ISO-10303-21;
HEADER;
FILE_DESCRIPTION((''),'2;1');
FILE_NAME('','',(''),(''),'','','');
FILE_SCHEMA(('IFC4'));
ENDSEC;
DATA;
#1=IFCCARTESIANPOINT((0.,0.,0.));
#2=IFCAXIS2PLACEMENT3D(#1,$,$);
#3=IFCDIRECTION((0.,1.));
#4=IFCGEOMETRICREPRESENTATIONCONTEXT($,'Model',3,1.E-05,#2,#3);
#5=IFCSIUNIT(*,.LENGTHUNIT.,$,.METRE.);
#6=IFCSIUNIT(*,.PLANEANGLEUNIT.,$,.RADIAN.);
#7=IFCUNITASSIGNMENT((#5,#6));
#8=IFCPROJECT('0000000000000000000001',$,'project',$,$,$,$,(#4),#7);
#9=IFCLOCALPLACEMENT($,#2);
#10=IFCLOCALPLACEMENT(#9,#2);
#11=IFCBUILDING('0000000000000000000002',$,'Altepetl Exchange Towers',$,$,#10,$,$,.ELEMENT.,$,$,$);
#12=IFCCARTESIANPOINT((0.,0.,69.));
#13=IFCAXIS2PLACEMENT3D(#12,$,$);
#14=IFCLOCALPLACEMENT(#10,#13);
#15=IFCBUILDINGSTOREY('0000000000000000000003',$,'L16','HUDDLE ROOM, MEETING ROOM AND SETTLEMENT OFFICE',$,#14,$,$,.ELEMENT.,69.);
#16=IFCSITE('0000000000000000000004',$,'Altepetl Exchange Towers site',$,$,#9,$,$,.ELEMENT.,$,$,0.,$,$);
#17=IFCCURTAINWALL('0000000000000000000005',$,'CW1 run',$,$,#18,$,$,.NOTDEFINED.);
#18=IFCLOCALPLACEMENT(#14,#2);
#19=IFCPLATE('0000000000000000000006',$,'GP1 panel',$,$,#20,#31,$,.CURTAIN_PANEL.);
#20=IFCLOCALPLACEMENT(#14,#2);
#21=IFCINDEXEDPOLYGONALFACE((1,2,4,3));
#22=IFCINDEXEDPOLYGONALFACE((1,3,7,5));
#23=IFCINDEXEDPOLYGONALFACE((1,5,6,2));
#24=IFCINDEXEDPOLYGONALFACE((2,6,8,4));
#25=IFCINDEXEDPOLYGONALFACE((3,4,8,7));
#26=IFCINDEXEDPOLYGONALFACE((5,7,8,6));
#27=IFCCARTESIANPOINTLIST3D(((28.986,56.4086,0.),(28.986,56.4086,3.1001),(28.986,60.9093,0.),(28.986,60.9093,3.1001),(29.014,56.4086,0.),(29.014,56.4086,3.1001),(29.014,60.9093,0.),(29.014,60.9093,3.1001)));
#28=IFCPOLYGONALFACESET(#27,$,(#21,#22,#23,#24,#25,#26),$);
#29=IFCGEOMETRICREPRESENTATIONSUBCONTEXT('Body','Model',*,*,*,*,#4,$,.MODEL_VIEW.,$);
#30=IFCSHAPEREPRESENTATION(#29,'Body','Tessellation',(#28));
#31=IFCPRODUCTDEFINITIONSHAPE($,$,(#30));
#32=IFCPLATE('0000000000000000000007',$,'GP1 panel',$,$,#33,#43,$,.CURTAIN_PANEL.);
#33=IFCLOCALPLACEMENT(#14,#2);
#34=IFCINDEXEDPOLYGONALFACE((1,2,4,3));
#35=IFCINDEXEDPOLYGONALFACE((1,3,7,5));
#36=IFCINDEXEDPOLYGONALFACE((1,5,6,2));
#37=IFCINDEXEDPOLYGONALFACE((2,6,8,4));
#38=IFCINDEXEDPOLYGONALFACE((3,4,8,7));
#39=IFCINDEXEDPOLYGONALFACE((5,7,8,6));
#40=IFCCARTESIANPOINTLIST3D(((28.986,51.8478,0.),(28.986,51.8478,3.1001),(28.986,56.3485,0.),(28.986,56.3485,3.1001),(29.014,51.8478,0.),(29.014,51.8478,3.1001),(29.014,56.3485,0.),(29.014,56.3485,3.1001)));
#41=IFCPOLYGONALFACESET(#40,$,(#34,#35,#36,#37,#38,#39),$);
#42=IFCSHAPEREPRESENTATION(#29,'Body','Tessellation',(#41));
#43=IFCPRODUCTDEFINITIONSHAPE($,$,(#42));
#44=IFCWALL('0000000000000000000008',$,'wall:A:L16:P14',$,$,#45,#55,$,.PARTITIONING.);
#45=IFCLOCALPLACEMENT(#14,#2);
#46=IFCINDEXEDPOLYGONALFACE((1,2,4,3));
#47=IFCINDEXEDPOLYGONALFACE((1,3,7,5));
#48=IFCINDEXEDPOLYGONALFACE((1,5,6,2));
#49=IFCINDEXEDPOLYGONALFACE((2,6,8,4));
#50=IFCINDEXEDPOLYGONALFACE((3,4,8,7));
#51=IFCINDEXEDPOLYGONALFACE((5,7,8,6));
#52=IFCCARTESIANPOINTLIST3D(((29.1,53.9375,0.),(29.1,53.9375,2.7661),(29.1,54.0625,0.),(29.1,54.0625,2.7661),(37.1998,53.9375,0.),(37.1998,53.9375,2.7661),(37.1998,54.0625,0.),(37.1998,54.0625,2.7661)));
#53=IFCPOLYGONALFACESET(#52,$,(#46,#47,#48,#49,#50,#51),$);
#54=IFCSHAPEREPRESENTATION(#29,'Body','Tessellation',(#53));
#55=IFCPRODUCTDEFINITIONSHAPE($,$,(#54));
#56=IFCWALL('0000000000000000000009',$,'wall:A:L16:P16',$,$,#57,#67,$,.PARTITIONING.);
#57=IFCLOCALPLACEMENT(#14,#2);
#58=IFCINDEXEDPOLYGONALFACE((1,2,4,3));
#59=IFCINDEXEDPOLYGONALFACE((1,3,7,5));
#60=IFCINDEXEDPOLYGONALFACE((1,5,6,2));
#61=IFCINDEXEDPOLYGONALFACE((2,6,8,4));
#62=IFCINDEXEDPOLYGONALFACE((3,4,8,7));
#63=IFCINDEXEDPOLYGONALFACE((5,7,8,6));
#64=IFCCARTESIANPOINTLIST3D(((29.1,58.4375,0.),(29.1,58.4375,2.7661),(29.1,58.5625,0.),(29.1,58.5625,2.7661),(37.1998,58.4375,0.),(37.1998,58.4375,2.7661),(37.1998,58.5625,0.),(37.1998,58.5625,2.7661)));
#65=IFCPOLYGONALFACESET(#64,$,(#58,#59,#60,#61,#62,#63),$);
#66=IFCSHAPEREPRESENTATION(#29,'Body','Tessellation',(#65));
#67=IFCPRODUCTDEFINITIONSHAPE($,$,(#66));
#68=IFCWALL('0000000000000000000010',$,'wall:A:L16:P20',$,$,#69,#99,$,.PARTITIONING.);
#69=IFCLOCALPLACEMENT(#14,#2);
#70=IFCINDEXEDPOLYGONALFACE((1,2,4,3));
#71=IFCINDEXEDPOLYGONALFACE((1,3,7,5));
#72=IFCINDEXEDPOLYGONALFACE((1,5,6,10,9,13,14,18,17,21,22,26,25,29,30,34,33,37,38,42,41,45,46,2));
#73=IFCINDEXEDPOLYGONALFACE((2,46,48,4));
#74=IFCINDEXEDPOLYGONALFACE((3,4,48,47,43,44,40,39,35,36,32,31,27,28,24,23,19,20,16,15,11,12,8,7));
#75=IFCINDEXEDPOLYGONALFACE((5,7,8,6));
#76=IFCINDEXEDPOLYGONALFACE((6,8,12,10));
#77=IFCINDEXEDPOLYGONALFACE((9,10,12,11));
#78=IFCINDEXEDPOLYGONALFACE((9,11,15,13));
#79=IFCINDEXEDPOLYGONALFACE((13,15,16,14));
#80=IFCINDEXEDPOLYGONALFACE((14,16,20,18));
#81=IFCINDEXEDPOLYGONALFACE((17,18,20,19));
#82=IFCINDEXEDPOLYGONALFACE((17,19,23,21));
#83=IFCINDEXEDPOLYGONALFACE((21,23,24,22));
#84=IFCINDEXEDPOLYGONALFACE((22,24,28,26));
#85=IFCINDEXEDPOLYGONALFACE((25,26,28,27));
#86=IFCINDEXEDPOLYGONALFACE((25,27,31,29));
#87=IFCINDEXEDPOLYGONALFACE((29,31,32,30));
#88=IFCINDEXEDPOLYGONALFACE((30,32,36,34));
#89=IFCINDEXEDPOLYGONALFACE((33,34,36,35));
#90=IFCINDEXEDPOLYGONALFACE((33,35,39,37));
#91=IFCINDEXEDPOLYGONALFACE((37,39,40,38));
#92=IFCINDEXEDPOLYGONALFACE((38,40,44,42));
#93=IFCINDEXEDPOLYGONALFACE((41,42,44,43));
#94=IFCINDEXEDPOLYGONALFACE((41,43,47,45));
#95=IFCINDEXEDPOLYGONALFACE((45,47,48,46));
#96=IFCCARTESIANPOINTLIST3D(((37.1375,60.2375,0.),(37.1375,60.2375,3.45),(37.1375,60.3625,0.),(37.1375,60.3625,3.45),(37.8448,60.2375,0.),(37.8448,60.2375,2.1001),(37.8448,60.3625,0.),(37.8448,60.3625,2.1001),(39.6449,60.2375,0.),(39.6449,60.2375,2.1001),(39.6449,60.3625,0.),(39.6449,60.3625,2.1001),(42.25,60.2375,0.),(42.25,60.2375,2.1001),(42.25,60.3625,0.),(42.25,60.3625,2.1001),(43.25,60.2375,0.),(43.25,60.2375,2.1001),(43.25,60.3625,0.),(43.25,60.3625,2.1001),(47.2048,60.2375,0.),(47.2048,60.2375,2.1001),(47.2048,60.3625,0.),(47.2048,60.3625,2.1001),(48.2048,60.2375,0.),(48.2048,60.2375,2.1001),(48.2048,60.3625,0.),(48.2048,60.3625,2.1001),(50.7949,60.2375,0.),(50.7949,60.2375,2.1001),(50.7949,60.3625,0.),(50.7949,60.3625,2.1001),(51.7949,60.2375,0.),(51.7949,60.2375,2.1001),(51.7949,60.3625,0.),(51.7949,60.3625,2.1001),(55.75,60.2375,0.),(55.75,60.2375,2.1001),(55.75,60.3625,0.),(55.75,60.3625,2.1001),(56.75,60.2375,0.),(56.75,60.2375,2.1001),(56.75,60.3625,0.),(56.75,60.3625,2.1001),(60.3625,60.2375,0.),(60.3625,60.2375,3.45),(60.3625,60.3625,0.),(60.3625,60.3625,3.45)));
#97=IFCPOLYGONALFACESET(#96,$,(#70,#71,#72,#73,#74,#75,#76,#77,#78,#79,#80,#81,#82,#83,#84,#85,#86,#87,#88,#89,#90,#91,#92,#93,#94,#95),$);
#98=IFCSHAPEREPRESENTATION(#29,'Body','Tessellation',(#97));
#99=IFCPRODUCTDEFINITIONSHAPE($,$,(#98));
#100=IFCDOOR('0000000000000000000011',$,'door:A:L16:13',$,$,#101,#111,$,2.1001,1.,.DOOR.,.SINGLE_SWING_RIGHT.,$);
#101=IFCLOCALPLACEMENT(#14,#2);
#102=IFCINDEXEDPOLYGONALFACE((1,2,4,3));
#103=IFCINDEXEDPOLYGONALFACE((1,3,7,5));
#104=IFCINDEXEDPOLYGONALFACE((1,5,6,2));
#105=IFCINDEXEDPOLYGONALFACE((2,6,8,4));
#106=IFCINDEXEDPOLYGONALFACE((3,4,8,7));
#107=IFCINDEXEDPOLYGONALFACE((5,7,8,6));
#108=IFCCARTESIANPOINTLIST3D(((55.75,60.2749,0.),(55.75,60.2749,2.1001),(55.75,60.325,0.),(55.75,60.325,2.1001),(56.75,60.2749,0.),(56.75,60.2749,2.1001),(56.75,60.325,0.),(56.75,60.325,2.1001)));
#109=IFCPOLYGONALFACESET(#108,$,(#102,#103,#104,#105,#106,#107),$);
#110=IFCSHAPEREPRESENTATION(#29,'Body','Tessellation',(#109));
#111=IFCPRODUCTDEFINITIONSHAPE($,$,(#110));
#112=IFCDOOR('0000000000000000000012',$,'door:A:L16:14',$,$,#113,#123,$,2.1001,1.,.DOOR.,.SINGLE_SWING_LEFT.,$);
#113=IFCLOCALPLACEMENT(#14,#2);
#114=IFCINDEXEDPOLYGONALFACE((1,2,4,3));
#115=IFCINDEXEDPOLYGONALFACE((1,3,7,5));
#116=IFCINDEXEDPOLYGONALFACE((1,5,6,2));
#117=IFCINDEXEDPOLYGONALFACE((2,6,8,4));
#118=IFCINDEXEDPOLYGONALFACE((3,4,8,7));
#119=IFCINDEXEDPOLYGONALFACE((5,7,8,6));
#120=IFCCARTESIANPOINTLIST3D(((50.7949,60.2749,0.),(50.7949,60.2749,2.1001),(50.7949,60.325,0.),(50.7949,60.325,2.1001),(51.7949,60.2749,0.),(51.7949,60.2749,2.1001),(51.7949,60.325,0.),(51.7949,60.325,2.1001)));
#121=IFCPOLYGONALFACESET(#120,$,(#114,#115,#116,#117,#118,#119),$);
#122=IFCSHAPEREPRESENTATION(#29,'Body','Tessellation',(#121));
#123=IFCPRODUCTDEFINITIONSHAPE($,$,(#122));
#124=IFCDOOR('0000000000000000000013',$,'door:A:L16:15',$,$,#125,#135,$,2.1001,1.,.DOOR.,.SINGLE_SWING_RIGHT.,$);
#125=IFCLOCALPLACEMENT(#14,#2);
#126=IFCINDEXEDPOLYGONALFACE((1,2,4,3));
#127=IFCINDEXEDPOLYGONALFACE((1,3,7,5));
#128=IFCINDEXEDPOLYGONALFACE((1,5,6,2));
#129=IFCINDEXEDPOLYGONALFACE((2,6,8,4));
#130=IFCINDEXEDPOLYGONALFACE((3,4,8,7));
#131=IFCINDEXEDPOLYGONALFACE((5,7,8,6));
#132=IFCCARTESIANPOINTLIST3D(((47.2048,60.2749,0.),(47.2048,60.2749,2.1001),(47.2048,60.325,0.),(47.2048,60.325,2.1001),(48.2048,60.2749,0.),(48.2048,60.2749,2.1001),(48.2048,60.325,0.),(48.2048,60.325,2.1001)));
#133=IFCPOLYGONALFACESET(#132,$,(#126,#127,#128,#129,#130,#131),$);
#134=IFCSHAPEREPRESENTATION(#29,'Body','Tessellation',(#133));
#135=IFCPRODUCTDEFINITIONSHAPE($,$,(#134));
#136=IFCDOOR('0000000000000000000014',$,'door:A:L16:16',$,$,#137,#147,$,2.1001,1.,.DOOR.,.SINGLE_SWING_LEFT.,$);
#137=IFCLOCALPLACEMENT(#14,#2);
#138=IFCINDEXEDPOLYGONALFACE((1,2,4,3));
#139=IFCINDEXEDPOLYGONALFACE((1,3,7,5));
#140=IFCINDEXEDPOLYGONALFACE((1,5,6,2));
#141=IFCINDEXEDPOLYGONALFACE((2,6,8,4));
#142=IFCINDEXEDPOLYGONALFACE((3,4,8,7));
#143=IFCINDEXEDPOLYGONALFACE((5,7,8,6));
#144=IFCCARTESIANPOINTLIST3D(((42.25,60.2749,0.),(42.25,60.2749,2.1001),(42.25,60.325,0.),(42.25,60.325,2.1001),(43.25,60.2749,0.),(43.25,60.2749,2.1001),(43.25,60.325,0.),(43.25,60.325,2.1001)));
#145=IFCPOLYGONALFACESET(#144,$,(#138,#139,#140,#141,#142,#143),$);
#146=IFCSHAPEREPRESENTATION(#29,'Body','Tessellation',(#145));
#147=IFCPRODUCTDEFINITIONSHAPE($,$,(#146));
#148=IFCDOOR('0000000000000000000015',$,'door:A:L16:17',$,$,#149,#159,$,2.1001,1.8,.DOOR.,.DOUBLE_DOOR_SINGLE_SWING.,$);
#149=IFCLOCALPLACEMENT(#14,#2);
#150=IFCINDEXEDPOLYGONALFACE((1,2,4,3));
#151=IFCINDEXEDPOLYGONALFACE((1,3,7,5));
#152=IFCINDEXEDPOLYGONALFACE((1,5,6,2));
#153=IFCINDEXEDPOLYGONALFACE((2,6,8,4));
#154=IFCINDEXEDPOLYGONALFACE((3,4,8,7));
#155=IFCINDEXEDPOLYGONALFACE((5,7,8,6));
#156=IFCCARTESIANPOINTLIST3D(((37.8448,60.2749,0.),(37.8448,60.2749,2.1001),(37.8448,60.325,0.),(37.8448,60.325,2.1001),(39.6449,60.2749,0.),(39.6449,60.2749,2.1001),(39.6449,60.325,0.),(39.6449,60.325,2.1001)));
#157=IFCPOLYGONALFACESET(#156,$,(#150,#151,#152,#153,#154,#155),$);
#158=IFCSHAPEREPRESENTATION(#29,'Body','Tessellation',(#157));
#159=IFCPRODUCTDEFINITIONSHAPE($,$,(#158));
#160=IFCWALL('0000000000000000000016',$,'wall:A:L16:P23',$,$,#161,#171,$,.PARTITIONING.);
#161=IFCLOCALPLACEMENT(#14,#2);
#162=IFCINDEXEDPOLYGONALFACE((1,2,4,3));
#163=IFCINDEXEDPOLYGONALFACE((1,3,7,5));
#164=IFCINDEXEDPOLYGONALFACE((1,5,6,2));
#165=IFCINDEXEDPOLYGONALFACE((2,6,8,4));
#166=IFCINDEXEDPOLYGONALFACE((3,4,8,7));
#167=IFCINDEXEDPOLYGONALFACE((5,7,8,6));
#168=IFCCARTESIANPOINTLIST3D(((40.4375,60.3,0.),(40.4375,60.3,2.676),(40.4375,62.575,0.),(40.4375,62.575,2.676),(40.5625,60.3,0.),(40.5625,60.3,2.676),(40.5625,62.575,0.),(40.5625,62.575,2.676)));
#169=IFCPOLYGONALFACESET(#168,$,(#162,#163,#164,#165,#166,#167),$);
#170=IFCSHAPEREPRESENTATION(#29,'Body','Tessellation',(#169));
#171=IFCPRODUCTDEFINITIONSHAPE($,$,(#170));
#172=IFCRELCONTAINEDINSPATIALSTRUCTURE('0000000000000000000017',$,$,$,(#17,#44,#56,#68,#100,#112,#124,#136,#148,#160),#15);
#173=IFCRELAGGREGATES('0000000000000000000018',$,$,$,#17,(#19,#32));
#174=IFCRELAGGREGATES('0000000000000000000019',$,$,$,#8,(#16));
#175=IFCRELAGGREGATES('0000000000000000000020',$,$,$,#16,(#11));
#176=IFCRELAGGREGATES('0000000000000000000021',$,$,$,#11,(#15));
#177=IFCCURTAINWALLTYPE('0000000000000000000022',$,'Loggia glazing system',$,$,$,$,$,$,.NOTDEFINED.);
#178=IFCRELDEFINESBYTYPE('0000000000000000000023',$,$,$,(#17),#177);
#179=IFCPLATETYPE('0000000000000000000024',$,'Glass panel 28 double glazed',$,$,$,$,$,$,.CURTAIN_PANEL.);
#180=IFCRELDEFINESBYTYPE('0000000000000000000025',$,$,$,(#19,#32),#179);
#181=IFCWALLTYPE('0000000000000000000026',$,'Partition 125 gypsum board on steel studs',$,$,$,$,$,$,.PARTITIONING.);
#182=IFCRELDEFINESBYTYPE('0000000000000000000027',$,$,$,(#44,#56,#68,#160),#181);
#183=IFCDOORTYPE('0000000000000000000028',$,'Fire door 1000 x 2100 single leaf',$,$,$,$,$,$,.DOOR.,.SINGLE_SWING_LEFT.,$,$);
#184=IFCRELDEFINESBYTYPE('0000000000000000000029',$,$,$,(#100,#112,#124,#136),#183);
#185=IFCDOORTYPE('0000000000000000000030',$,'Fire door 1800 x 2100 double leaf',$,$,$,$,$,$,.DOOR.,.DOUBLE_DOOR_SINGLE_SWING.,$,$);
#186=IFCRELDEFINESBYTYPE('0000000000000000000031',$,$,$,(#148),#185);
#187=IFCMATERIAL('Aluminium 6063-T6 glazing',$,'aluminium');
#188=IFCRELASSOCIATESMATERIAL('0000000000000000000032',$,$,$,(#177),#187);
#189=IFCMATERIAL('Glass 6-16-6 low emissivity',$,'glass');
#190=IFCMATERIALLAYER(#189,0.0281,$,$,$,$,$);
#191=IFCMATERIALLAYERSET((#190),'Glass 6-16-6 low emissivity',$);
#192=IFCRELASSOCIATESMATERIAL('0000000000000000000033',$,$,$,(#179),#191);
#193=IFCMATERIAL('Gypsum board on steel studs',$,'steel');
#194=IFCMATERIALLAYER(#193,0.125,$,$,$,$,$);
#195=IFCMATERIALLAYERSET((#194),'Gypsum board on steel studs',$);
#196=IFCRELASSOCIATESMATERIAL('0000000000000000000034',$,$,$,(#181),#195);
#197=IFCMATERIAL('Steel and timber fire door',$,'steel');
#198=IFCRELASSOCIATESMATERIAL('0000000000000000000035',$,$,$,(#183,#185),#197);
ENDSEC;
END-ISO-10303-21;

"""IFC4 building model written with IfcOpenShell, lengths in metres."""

from ifc_helpers import new_model, si_unit, direction, frame, frame_2d, origin, origin_2d, place, context, subcontext, project, spatial, rectangle, extrude, material, layer, layer_set, type_object, element, fill, aggregate, save


model = new_model("IFC4")

# Units and contexts
model_context = context("Model", 3, precision=1e-05, world=origin(), true_north=direction((0.0, 1.0)))
body_context = subcontext(model_context, "Body", "Model", "MODEL_VIEW")
ifc_project = project(units=[si_unit("LENGTHUNIT", "METRE"), si_unit("PLANEANGLEUNIT", "RADIAN")], contexts=[model_context])

# Site, building, storey
site_placement = place(None, origin())
site = spatial("IfcSite", under=ifc_project, at=site_placement, Name="Altepetl Exchange Towers site", CompositionType="ELEMENT", RefElevation=0.0)
building_placement = place(site_placement, origin())
building = spatial("IfcBuilding", under=site, at=building_placement, Name="Altepetl Exchange Towers", CompositionType="ELEMENT")
storey_placement = place(building_placement, frame((0.0, 0.0, 69.0)))
storey = spatial("IfcBuildingStorey", under=building, at=storey_placement, Name="L16", Description="HUDDLE ROOM, MEETING ROOM AND SETTLEMENT OFFICE", CompositionType="ELEMENT", Elevation=69.0)

# Curtain wall
ifc_material_1 = material(Name="Aluminium 6063-T6 glazing", Category="aluminium")
curtain_wall_type = type_object("IfcCurtainWallType", Name="Loggia glazing system", PredefinedType="NOTDEFINED", material=ifc_material_1)
curtain_wall_placement = place(storey_placement, origin())
curtain_wall = element("IfcCurtainWall", 1, at=curtain_wall_placement, inside=storey, type_object=curtain_wall_type, Name="CW1 run", PredefinedType="NOTDEFINED")

# Plates
ifc_material_2 = material(Name="Glass 6-16-6 low emissivity", Category="glass")
ifc_layer_1 = layer(ifc_material_2, 0.0281)
ifc_layer_set_1 = layer_set([ifc_layer_1], Name="Glass 6-16-6 low emissivity")
plate_type = type_object("IfcPlateType", Name="Glass panel 28 double glazed", PredefinedType="CURTAIN_PANEL", material=ifc_layer_set_1)
plate_1_placement = place(storey_placement, frame((29.0, 58.6589, 0.0), z_axis=(0.0, 0.0, 1.0), x_axis=(0.0, -1.0, 0.0)))
plate_1 = element("IfcPlate", 2, at=plate_1_placement, type_object=plate_type, Name="GP1 panel", PredefinedType="CURTAIN_PANEL", context=body_context, shape_type="SweptSolid", body=[
    extrude(rectangle(XDim=4.5007, YDim=0.0281, at=origin_2d()), origin(), (0.0, 0.0, 1.0), 3.1001),
])
plate_2_placement = place(storey_placement, frame((29.0, 54.0981, 0.0), z_axis=(0.0, 0.0, 1.0), x_axis=(0.0, -1.0, 0.0)))
plate_2 = element("IfcPlate", 3, at=plate_2_placement, type_object=plate_type, Name="GP1 panel", PredefinedType="CURTAIN_PANEL", context=body_context, shape_type="SweptSolid", body=[
    extrude(rectangle(XDim=4.5007, YDim=0.0281, at=origin_2d()), origin(), (0.0, 0.0, 1.0), 3.1001),
])
aggregate(curtain_wall, [plate_1, plate_2])

# Walls
ifc_material_3 = material(Name="Gypsum board on steel studs", Category="steel")
ifc_layer_2 = layer(ifc_material_3, 0.125)
ifc_layer_set_2 = layer_set([ifc_layer_2], Name="Gypsum board on steel studs")
wall_type_1 = type_object("IfcWallType", Name="Partition 125 gypsum board on steel studs", PredefinedType="PARTITIONING", material=ifc_layer_set_2)
for number, where, name in (
    (4, (29.1001, 54.0, 0.0), "wall:A:L16:P14"),
    (5, (29.1001, 58.5, 0.0), "wall:A:L16:P16"),
):
    element("IfcWall", number, at=place(storey_placement, frame(where)), inside=storey, type_object=wall_type_1, Name=name, PredefinedType="PARTITIONING", context=body_context, shape_type="SweptSolid", body=[
        extrude(rectangle(XDim=8.0999, YDim=0.125, at=frame_2d((4.0498, 0.0))), origin(), (0.0, 0.0, 1.0), 2.7661),
    ])

# Wall, openings, doors
wall_1_placement = place(storey_placement, frame((37.1375, 60.3, 0.0)))
wall_1 = element("IfcWall", 6, at=wall_1_placement, inside=storey, type_object=wall_type_1, Name="wall:A:L16:P20", PredefinedType="PARTITIONING", context=body_context, shape_type="SweptSolid", body=[
    extrude(rectangle(XDim=23.2251, YDim=0.125, at=frame_2d((11.6125, 0.0))), origin(), (0.0, 0.0, 1.0), 3.45),
])
opening_1_placement = place(wall_1_placement, frame((18.6125, 0.0, 0.0)))
opening_1 = element("IfcOpeningElement", 7, at=opening_1_placement, cuts=wall_1, PredefinedType="OPENING", context=body_context, shape_type="SweptSolid", body=[
    extrude(rectangle(XDim=1.0, YDim=2.1001, at=frame_2d((0.5, 1.05))), frame((0.0, 0.0725, 0.0), z_axis=(0.0, -1.0, 0.0), x_axis=(1.0, 0.0, 0.0)), (0.0, 0.0, 1.0), 0.145),
])
opening_2_placement = place(wall_1_placement, frame((13.6575, 0.0, 0.0)))
opening_2 = element("IfcOpeningElement", 8, at=opening_2_placement, cuts=wall_1, PredefinedType="OPENING", context=body_context, shape_type="SweptSolid", body=[
    extrude(rectangle(XDim=1.0, YDim=2.1001, at=frame_2d((0.5, 1.05))), frame((0.0, 0.0725, 0.0), z_axis=(0.0, -1.0, 0.0), x_axis=(1.0, 0.0, 0.0)), (0.0, 0.0, 1.0), 0.145),
])
opening_3_placement = place(wall_1_placement, frame((10.0674, 0.0, 0.0)))
opening_3 = element("IfcOpeningElement", 9, at=opening_3_placement, cuts=wall_1, PredefinedType="OPENING", context=body_context, shape_type="SweptSolid", body=[
    extrude(rectangle(XDim=1.0, YDim=2.1001, at=frame_2d((0.5, 1.05))), frame((0.0, 0.0725, 0.0), z_axis=(0.0, -1.0, 0.0), x_axis=(1.0, 0.0, 0.0)), (0.0, 0.0, 1.0), 0.145),
])
opening_4_placement = place(wall_1_placement, frame((5.1125, 0.0, 0.0)))
opening_4 = element("IfcOpeningElement", 10, at=opening_4_placement, cuts=wall_1, PredefinedType="OPENING", context=body_context, shape_type="SweptSolid", body=[
    extrude(rectangle(XDim=1.0, YDim=2.1001, at=frame_2d((0.5, 1.05))), frame((0.0, 0.0725, 0.0), z_axis=(0.0, -1.0, 0.0), x_axis=(1.0, 0.0, 0.0)), (0.0, 0.0, 1.0), 0.145),
])
opening_5_placement = place(wall_1_placement, frame((0.7075, 0.0, 0.0)))
opening_5 = element("IfcOpeningElement", 11, at=opening_5_placement, cuts=wall_1, PredefinedType="OPENING", context=body_context, shape_type="SweptSolid", body=[
    extrude(rectangle(XDim=1.8, YDim=2.1001, at=frame_2d((0.8999, 1.05))), frame((0.0, 0.0725, 0.0), z_axis=(0.0, -1.0, 0.0), x_axis=(1.0, 0.0, 0.0)), (0.0, 0.0, 1.0), 0.145),
])
ifc_material_4 = material(Name="Steel and timber fire door", Category="steel")
door_type_1 = type_object("IfcDoorType", Name="Fire door 1000 x 2100 single leaf", OperationType="SINGLE_SWING_LEFT", PredefinedType="DOOR", material=ifc_material_4)
door_1_placement = place(opening_1_placement, origin())
door_1 = element("IfcDoor", 12, at=door_1_placement, inside=storey, type_object=door_type_1, Name="door:A:L16:13", OperationType="SINGLE_SWING_RIGHT", OverallHeight=2.1001, OverallWidth=1.0, PredefinedType="DOOR", context=body_context, shape_type="SweptSolid", body=[
    extrude(rectangle(XDim=1.0, YDim=2.1001, at=frame_2d((0.5, 1.05))), frame((0.0, 0.0249, 0.0), z_axis=(0.0, -1.0, 0.0), x_axis=(1.0, 0.0, 0.0)), (0.0, 0.0, 1.0), 0.05),
])
fill(opening_1, door_1)
door_2_placement = place(opening_2_placement, origin())
door_2 = element("IfcDoor", 13, at=door_2_placement, inside=storey, type_object=door_type_1, Name="door:A:L16:14", OperationType="SINGLE_SWING_LEFT", OverallHeight=2.1001, OverallWidth=1.0, PredefinedType="DOOR", context=body_context, shape_type="SweptSolid", body=[
    extrude(rectangle(XDim=1.0, YDim=2.1001, at=frame_2d((0.5, 1.05))), frame((0.0, 0.0249, 0.0), z_axis=(0.0, -1.0, 0.0), x_axis=(1.0, 0.0, 0.0)), (0.0, 0.0, 1.0), 0.05),
])
fill(opening_2, door_2)
door_3_placement = place(opening_3_placement, origin())
door_3 = element("IfcDoor", 14, at=door_3_placement, inside=storey, type_object=door_type_1, Name="door:A:L16:15", OperationType="SINGLE_SWING_RIGHT", OverallHeight=2.1001, OverallWidth=1.0, PredefinedType="DOOR", context=body_context, shape_type="SweptSolid", body=[
    extrude(rectangle(XDim=1.0, YDim=2.1001, at=frame_2d((0.5, 1.05))), frame((0.0, 0.0249, 0.0), z_axis=(0.0, -1.0, 0.0), x_axis=(1.0, 0.0, 0.0)), (0.0, 0.0, 1.0), 0.05),
])
fill(opening_3, door_3)
door_4_placement = place(opening_4_placement, origin())
door_4 = element("IfcDoor", 15, at=door_4_placement, inside=storey, type_object=door_type_1, Name="door:A:L16:16", OperationType="SINGLE_SWING_LEFT", OverallHeight=2.1001, OverallWidth=1.0, PredefinedType="DOOR", context=body_context, shape_type="SweptSolid", body=[
    extrude(rectangle(XDim=1.0, YDim=2.1001, at=frame_2d((0.5, 1.05))), frame((0.0, 0.0249, 0.0), z_axis=(0.0, -1.0, 0.0), x_axis=(1.0, 0.0, 0.0)), (0.0, 0.0, 1.0), 0.05),
])
fill(opening_4, door_4)
door_type_2 = type_object("IfcDoorType", Name="Fire door 1800 x 2100 double leaf", OperationType="DOUBLE_DOOR_SINGLE_SWING", PredefinedType="DOOR", material=ifc_material_4)
door_5_placement = place(opening_5_placement, origin())
door_5 = element("IfcDoor", 16, at=door_5_placement, inside=storey, type_object=door_type_2, Name="door:A:L16:17", OperationType="DOUBLE_DOOR_SINGLE_SWING", OverallHeight=2.1001, OverallWidth=1.8, PredefinedType="DOOR", context=body_context, shape_type="SweptSolid", body=[
    extrude(rectangle(XDim=1.8, YDim=2.1001, at=frame_2d((0.8999, 1.05))), frame((0.0, 0.0249, 0.0), z_axis=(0.0, -1.0, 0.0), x_axis=(1.0, 0.0, 0.0)), (0.0, 0.0, 1.0), 0.05),
])
fill(opening_5, door_5)

# Wall
wall_2_placement = place(storey_placement, frame((40.5, 60.3, 0.0), z_axis=(0.0, 0.0, 1.0), x_axis=(0.0, 1.0, 0.0)))
element("IfcWall", 17, at=wall_2_placement, inside=storey, type_object=wall_type_1, Name="wall:A:L16:P23", PredefinedType="PARTITIONING", context=body_context, shape_type="SweptSolid", body=[
    extrude(rectangle(XDim=2.2749, YDim=0.125, at=frame_2d((1.1375, 0.0))), origin(), (0.0, 0.0, 1.0), 2.676),
])

save(model, "model.ifc")
